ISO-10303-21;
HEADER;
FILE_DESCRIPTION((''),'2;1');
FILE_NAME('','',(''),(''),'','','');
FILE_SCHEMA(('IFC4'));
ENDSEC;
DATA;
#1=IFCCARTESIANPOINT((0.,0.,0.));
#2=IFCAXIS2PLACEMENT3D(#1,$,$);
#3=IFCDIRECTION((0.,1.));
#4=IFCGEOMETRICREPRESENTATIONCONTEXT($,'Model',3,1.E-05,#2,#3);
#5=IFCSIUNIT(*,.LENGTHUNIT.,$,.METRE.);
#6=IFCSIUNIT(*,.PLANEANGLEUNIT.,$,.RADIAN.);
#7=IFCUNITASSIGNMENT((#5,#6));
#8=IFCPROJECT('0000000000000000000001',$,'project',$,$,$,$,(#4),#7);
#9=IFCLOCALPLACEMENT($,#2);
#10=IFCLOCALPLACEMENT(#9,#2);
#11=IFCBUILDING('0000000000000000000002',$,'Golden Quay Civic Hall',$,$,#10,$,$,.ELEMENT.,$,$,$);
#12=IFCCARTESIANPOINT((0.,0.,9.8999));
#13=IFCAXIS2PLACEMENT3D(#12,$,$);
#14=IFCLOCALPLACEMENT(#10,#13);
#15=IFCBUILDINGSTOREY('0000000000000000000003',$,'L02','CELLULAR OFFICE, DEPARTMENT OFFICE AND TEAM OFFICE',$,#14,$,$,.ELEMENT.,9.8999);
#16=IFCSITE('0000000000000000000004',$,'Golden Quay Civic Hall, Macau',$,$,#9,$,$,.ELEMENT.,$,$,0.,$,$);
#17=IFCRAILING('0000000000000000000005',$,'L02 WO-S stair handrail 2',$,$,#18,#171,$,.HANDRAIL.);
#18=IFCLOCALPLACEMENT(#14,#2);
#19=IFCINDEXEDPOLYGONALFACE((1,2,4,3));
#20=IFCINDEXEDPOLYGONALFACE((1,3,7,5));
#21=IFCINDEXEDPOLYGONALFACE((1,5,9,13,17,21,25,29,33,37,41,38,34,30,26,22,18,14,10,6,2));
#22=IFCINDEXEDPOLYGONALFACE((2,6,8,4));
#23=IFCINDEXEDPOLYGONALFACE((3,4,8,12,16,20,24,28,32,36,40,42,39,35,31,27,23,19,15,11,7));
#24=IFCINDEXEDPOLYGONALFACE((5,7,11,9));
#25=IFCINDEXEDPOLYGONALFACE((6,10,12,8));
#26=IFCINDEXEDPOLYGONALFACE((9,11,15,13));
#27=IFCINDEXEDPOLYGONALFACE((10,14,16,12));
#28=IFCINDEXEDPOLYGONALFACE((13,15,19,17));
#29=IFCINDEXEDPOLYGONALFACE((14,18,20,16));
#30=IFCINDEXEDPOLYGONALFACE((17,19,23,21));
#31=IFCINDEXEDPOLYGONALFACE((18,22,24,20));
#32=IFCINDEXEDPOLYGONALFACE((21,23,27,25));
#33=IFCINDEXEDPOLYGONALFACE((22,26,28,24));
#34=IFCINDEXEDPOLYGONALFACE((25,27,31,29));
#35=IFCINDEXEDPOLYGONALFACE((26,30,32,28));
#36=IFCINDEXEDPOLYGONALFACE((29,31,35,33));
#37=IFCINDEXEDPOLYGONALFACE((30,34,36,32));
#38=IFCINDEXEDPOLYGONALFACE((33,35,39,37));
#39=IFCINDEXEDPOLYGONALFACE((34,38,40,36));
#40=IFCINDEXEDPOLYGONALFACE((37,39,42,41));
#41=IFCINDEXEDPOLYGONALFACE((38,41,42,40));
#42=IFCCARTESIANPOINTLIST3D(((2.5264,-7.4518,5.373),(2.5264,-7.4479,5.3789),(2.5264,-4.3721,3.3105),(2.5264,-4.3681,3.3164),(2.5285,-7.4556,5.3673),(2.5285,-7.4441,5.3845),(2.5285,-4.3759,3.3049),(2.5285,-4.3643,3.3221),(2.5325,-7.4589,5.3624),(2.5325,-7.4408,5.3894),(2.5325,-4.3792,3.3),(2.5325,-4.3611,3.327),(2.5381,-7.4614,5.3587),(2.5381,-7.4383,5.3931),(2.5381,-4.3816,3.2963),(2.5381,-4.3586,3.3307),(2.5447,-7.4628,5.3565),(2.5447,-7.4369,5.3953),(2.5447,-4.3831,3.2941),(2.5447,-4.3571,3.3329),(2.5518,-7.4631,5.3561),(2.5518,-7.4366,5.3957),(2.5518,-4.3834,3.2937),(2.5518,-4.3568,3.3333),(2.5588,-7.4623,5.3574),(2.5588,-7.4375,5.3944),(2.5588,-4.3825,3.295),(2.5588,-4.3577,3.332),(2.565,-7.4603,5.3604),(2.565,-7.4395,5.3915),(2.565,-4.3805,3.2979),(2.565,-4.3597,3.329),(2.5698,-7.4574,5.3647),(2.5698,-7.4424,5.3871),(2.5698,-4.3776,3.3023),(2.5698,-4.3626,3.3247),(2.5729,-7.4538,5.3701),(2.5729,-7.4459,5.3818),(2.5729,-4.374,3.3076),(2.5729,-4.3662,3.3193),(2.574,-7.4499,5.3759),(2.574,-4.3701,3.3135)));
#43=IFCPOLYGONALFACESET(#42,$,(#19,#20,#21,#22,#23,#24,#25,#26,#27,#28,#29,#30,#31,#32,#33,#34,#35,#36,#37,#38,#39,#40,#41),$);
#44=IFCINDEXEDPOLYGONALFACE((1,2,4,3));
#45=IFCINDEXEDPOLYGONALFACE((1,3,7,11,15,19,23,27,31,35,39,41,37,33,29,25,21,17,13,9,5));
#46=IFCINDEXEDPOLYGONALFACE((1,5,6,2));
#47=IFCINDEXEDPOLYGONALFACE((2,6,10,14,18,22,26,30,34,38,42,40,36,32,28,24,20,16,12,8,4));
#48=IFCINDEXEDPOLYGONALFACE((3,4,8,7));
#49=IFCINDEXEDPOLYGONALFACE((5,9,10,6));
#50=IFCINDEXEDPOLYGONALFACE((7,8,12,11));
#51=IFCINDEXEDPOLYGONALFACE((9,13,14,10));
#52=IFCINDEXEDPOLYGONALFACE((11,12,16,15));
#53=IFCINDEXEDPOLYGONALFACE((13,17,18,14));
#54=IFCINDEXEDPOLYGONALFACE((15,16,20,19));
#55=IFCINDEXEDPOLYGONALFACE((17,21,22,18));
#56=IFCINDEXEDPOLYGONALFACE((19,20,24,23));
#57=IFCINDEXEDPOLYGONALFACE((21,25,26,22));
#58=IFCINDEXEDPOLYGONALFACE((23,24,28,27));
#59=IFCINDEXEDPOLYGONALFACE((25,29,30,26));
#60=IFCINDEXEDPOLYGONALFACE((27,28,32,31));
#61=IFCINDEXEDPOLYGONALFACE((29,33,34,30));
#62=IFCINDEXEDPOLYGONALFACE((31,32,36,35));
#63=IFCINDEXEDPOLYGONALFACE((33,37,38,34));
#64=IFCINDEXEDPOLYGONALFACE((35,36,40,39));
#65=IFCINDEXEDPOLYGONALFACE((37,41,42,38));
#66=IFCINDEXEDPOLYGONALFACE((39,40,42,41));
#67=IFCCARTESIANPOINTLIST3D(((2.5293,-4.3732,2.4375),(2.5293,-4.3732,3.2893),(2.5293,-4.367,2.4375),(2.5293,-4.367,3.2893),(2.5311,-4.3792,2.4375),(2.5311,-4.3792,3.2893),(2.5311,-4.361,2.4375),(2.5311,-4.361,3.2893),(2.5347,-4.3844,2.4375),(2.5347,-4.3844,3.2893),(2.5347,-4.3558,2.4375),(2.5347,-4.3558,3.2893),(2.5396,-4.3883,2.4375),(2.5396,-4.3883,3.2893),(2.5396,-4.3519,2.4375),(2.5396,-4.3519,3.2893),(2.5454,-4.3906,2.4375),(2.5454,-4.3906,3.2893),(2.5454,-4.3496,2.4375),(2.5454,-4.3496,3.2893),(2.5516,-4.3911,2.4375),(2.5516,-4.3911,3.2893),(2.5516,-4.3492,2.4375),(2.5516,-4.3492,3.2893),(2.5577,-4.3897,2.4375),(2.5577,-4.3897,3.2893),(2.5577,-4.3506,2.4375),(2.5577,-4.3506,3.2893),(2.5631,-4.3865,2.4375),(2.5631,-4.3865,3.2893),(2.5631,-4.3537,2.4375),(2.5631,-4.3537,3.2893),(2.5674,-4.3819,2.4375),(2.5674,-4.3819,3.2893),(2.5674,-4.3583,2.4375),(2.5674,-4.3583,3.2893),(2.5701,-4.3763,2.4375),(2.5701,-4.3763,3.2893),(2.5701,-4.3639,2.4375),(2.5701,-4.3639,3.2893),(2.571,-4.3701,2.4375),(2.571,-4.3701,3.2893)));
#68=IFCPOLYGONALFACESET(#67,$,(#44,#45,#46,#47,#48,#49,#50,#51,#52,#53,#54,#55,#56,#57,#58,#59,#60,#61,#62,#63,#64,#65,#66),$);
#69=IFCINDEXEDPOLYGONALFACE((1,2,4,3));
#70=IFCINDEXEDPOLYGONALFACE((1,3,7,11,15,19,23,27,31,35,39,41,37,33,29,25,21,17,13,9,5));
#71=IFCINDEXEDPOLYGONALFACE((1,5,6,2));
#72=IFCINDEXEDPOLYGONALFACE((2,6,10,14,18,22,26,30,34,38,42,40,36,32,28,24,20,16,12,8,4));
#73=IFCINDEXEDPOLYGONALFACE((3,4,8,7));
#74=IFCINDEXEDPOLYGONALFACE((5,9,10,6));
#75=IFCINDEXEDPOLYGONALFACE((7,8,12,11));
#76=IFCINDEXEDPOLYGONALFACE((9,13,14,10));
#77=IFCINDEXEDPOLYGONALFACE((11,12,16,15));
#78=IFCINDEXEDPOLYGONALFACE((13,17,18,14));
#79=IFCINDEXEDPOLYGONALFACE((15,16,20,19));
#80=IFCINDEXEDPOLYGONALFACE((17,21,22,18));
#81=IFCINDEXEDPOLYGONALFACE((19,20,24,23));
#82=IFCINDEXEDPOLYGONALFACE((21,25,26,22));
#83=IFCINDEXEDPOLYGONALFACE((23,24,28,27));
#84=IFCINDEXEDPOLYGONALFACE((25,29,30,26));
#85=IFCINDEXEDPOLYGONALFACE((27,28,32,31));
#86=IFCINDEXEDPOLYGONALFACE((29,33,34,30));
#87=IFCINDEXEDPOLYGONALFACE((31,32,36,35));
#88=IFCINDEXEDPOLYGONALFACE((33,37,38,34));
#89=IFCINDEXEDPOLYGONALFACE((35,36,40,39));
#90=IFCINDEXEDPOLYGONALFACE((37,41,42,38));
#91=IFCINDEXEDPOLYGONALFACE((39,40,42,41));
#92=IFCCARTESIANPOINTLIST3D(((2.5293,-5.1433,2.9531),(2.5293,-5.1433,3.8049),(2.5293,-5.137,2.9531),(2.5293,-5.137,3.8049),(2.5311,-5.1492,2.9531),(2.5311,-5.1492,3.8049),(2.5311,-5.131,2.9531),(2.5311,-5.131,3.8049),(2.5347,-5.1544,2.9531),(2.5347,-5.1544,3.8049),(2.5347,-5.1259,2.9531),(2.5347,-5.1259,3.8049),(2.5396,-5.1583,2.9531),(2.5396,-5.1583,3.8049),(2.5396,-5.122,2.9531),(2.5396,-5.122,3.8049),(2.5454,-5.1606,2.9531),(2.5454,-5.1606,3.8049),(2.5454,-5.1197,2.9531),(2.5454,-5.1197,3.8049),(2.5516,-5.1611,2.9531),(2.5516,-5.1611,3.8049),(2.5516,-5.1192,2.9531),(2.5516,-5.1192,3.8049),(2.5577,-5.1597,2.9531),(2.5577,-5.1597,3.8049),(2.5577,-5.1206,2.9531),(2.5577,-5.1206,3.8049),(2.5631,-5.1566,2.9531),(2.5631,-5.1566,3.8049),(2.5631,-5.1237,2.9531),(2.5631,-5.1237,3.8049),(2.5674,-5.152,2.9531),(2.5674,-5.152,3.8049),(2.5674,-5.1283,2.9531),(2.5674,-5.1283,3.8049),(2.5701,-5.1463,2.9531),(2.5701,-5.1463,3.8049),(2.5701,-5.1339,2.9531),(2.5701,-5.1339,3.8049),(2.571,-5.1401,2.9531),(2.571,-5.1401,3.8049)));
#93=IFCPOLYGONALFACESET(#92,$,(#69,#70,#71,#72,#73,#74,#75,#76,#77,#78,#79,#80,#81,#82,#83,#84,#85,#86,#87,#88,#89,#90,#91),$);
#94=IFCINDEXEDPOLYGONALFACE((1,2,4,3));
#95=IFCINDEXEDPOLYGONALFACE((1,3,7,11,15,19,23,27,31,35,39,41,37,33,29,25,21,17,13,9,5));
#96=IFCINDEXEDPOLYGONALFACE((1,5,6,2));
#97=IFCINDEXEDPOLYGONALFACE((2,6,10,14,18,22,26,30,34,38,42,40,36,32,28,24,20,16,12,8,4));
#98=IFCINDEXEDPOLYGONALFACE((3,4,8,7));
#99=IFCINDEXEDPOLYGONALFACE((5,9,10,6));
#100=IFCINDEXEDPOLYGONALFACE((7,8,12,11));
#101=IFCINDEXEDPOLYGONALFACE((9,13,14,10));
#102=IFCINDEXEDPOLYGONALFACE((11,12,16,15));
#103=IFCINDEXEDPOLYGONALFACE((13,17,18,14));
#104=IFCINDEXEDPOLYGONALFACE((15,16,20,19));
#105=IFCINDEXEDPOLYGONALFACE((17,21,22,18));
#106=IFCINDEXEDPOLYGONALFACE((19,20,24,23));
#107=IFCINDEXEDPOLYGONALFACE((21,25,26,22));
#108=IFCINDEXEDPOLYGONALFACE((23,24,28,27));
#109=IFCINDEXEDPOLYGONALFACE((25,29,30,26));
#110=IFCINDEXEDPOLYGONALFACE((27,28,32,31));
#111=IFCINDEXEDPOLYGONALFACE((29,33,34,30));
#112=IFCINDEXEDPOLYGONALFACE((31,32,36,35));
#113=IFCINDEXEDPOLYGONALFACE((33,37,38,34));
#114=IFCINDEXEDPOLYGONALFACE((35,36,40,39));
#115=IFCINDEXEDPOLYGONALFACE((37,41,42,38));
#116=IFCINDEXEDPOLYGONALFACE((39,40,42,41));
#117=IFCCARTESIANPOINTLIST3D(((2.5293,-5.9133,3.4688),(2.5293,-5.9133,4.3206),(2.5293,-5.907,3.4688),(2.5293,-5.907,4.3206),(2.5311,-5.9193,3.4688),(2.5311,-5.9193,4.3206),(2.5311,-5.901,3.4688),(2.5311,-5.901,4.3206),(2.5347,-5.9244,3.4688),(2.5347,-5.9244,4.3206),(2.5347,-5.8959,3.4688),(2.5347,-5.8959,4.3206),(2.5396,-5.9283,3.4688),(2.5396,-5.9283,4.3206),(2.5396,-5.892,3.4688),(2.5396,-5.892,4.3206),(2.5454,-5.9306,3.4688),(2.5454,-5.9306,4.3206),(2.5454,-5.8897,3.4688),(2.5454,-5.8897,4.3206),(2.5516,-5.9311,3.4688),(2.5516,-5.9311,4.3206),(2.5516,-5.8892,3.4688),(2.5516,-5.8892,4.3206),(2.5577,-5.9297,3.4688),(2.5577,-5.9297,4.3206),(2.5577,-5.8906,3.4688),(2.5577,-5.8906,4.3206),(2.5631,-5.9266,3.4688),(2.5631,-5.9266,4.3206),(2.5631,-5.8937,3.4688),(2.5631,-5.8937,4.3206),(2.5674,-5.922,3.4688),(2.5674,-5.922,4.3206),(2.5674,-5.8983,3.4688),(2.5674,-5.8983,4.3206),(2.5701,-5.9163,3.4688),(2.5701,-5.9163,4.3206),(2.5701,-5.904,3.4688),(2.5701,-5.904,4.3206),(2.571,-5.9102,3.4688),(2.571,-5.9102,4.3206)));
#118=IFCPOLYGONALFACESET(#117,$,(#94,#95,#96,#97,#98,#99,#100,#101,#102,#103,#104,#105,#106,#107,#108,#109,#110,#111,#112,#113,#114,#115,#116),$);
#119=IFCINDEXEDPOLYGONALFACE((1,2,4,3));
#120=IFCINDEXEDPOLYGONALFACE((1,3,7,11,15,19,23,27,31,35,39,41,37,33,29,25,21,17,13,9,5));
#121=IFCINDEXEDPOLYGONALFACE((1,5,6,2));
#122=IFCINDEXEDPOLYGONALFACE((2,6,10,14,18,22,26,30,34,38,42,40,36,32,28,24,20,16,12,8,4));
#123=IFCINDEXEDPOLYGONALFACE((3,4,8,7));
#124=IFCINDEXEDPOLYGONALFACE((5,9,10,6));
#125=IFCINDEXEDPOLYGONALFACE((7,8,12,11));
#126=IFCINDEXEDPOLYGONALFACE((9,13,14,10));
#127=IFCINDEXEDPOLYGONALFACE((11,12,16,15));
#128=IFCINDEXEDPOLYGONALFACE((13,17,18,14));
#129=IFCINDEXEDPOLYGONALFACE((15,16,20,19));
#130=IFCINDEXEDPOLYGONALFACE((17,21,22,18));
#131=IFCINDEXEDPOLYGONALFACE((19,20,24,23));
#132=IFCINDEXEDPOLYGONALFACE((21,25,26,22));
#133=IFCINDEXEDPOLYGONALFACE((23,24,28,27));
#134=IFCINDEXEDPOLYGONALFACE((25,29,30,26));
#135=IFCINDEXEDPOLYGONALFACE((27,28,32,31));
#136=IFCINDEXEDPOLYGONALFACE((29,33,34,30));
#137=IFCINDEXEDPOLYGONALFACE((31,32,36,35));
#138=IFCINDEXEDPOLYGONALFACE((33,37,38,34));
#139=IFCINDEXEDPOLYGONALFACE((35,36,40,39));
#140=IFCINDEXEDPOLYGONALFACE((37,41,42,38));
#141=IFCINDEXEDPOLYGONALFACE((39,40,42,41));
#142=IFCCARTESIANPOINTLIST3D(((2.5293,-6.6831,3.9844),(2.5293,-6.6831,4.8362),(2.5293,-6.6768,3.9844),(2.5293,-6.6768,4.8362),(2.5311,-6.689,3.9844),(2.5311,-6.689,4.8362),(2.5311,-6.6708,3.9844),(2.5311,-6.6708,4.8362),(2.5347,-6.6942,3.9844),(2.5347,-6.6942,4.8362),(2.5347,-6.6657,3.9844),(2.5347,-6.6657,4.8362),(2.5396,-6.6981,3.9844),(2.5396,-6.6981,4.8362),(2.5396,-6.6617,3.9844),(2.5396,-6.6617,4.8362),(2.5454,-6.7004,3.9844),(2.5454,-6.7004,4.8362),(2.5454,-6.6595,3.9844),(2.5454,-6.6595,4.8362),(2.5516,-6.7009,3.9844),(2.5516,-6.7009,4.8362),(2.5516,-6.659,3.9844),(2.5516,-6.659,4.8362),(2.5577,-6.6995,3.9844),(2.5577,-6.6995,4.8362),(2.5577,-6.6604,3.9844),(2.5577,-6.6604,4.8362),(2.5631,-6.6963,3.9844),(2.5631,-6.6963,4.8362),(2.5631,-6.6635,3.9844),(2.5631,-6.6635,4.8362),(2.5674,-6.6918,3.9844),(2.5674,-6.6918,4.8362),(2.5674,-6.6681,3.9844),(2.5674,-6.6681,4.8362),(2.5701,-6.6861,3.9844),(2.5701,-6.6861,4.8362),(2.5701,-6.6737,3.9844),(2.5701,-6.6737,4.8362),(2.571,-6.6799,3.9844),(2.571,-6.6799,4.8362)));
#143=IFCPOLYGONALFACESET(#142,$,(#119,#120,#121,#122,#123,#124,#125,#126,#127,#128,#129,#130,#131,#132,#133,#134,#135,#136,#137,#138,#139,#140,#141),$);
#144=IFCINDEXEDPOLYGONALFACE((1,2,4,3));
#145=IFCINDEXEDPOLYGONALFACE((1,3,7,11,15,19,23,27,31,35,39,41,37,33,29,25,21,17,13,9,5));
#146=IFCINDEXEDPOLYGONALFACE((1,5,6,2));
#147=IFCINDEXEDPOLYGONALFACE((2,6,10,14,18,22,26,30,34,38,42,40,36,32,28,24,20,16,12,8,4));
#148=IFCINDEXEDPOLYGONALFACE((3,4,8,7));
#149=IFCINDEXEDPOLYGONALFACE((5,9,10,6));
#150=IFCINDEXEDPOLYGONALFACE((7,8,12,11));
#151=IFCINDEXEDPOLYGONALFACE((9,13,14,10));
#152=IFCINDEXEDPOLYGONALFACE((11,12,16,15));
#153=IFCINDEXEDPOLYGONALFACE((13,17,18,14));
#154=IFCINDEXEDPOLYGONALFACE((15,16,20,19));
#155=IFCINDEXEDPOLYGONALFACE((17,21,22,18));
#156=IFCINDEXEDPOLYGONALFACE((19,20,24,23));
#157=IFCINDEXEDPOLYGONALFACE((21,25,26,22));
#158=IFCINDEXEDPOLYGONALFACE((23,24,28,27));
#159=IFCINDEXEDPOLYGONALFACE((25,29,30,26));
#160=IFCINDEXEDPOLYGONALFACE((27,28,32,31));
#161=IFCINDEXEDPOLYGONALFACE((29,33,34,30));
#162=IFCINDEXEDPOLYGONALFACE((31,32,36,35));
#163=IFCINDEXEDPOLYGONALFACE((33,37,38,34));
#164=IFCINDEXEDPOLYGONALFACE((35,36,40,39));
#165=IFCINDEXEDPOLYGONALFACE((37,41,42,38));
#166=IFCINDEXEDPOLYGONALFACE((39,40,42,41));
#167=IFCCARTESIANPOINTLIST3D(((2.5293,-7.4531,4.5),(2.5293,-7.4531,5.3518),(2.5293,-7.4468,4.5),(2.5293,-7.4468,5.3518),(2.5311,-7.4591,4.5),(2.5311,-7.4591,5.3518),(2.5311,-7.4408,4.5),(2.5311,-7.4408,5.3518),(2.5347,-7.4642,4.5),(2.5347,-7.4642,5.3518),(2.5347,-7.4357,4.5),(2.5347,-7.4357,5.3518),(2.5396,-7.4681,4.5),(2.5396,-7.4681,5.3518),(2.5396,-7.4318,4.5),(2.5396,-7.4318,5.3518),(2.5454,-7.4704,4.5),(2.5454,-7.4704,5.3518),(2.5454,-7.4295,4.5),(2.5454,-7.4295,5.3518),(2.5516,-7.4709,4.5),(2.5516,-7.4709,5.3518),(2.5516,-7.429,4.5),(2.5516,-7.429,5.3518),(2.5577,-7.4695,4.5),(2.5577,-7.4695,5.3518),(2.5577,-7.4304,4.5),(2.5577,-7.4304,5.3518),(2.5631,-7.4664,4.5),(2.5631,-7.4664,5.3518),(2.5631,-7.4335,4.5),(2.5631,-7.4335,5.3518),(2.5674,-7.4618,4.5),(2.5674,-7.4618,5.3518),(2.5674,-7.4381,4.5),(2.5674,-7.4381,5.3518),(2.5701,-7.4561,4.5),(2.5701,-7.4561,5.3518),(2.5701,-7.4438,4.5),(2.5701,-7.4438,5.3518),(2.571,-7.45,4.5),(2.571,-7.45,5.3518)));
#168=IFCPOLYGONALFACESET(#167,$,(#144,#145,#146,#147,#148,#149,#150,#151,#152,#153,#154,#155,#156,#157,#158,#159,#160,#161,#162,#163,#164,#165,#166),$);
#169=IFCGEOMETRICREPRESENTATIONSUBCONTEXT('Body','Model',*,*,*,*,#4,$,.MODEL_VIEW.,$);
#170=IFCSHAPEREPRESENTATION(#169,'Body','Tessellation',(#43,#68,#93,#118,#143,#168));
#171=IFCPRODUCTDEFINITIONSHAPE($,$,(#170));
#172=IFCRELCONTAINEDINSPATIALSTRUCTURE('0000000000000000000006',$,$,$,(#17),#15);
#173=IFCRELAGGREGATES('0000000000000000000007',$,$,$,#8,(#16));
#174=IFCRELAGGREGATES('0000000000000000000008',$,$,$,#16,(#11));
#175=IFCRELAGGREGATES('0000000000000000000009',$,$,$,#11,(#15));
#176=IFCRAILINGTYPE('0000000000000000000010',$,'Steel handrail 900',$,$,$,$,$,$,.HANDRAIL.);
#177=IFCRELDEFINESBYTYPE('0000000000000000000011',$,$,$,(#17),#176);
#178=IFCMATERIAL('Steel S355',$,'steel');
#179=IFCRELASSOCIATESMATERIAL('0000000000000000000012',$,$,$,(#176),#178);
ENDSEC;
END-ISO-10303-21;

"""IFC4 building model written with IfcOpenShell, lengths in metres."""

from ifc_helpers import new_model, si_unit, direction, frame, origin, origin_2d, place, context, subcontext, project, spatial, circle, extrude, material, type_object, element, save


model = new_model("IFC4")

# Units and contexts
model_context = context("Model", 3, precision=1e-05, world=origin(), true_north=direction((0.0, 1.0)))
body_context = subcontext(model_context, "Body", "Model", "MODEL_VIEW")
ifc_project = project(units=[si_unit("LENGTHUNIT", "METRE"), si_unit("PLANEANGLEUNIT", "RADIAN")], contexts=[model_context])

# Site, building, storey
site_placement = place(None, origin())
site = spatial("IfcSite", under=ifc_project, at=site_placement, Name="Golden Quay Civic Hall, Macau", CompositionType="ELEMENT", RefElevation=0.0)
building_placement = place(site_placement, origin())
building = spatial("IfcBuilding", under=site, at=building_placement, Name="Golden Quay Civic Hall", CompositionType="ELEMENT")
storey_placement = place(building_placement, frame((0.0, 0.0, 9.8999)))
storey = spatial("IfcBuildingStorey", under=building, at=storey_placement, Name="L02", Description="CELLULAR OFFICE, DEPARTMENT OFFICE AND TEAM OFFICE", CompositionType="ELEMENT", Elevation=9.8999)

# Railing
ifc_material_1 = material(Name="Steel S355", Category="steel")
railing_type_1 = type_object("IfcRailingType", Name="Steel handrail 900", PredefinedType="HANDRAIL", material=ifc_material_1)
railing_1_placement = place(storey_placement, frame((2.55, -4.3701, 2.4375)))
element("IfcRailing", 1, at=railing_1_placement, inside=storey, type_object=railing_type_1, Name="L02 WO-S stair handrail 2", PredefinedType="HANDRAIL", context=body_context, shape_type="SweptSolid", body=[
    extrude(circle(Radius=0.0239, at=origin_2d()), frame((0.0, 0.0, 0.876), z_axis=(0.0, -0.830893, 0.556432), x_axis=(1.0, 0.0, 0.0)), (0.0, 0.0, 1.0), 3.7065),
    extrude(circle(Radius=0.021, at=origin_2d()), origin(), (0.0, 0.0, 1.0), 0.8518),
    extrude(circle(Radius=0.021, at=origin_2d()), frame((0.0, -0.77, 0.5156)), (0.0, 0.0, 1.0), 0.8518),
    extrude(circle(Radius=0.021, at=origin_2d()), frame((0.0, -1.54, 1.0312)), (0.0, 0.0, 1.0), 0.8518),
    extrude(circle(Radius=0.021, at=origin_2d()), frame((0.0, -2.3098, 1.5469)), (0.0, 0.0, 1.0), 0.8518),
    extrude(circle(Radius=0.021, at=origin_2d()), frame((0.0, -3.0798, 2.0625)), (0.0, 0.0, 1.0), 0.8518),
])

save(model, "model.ifc")
